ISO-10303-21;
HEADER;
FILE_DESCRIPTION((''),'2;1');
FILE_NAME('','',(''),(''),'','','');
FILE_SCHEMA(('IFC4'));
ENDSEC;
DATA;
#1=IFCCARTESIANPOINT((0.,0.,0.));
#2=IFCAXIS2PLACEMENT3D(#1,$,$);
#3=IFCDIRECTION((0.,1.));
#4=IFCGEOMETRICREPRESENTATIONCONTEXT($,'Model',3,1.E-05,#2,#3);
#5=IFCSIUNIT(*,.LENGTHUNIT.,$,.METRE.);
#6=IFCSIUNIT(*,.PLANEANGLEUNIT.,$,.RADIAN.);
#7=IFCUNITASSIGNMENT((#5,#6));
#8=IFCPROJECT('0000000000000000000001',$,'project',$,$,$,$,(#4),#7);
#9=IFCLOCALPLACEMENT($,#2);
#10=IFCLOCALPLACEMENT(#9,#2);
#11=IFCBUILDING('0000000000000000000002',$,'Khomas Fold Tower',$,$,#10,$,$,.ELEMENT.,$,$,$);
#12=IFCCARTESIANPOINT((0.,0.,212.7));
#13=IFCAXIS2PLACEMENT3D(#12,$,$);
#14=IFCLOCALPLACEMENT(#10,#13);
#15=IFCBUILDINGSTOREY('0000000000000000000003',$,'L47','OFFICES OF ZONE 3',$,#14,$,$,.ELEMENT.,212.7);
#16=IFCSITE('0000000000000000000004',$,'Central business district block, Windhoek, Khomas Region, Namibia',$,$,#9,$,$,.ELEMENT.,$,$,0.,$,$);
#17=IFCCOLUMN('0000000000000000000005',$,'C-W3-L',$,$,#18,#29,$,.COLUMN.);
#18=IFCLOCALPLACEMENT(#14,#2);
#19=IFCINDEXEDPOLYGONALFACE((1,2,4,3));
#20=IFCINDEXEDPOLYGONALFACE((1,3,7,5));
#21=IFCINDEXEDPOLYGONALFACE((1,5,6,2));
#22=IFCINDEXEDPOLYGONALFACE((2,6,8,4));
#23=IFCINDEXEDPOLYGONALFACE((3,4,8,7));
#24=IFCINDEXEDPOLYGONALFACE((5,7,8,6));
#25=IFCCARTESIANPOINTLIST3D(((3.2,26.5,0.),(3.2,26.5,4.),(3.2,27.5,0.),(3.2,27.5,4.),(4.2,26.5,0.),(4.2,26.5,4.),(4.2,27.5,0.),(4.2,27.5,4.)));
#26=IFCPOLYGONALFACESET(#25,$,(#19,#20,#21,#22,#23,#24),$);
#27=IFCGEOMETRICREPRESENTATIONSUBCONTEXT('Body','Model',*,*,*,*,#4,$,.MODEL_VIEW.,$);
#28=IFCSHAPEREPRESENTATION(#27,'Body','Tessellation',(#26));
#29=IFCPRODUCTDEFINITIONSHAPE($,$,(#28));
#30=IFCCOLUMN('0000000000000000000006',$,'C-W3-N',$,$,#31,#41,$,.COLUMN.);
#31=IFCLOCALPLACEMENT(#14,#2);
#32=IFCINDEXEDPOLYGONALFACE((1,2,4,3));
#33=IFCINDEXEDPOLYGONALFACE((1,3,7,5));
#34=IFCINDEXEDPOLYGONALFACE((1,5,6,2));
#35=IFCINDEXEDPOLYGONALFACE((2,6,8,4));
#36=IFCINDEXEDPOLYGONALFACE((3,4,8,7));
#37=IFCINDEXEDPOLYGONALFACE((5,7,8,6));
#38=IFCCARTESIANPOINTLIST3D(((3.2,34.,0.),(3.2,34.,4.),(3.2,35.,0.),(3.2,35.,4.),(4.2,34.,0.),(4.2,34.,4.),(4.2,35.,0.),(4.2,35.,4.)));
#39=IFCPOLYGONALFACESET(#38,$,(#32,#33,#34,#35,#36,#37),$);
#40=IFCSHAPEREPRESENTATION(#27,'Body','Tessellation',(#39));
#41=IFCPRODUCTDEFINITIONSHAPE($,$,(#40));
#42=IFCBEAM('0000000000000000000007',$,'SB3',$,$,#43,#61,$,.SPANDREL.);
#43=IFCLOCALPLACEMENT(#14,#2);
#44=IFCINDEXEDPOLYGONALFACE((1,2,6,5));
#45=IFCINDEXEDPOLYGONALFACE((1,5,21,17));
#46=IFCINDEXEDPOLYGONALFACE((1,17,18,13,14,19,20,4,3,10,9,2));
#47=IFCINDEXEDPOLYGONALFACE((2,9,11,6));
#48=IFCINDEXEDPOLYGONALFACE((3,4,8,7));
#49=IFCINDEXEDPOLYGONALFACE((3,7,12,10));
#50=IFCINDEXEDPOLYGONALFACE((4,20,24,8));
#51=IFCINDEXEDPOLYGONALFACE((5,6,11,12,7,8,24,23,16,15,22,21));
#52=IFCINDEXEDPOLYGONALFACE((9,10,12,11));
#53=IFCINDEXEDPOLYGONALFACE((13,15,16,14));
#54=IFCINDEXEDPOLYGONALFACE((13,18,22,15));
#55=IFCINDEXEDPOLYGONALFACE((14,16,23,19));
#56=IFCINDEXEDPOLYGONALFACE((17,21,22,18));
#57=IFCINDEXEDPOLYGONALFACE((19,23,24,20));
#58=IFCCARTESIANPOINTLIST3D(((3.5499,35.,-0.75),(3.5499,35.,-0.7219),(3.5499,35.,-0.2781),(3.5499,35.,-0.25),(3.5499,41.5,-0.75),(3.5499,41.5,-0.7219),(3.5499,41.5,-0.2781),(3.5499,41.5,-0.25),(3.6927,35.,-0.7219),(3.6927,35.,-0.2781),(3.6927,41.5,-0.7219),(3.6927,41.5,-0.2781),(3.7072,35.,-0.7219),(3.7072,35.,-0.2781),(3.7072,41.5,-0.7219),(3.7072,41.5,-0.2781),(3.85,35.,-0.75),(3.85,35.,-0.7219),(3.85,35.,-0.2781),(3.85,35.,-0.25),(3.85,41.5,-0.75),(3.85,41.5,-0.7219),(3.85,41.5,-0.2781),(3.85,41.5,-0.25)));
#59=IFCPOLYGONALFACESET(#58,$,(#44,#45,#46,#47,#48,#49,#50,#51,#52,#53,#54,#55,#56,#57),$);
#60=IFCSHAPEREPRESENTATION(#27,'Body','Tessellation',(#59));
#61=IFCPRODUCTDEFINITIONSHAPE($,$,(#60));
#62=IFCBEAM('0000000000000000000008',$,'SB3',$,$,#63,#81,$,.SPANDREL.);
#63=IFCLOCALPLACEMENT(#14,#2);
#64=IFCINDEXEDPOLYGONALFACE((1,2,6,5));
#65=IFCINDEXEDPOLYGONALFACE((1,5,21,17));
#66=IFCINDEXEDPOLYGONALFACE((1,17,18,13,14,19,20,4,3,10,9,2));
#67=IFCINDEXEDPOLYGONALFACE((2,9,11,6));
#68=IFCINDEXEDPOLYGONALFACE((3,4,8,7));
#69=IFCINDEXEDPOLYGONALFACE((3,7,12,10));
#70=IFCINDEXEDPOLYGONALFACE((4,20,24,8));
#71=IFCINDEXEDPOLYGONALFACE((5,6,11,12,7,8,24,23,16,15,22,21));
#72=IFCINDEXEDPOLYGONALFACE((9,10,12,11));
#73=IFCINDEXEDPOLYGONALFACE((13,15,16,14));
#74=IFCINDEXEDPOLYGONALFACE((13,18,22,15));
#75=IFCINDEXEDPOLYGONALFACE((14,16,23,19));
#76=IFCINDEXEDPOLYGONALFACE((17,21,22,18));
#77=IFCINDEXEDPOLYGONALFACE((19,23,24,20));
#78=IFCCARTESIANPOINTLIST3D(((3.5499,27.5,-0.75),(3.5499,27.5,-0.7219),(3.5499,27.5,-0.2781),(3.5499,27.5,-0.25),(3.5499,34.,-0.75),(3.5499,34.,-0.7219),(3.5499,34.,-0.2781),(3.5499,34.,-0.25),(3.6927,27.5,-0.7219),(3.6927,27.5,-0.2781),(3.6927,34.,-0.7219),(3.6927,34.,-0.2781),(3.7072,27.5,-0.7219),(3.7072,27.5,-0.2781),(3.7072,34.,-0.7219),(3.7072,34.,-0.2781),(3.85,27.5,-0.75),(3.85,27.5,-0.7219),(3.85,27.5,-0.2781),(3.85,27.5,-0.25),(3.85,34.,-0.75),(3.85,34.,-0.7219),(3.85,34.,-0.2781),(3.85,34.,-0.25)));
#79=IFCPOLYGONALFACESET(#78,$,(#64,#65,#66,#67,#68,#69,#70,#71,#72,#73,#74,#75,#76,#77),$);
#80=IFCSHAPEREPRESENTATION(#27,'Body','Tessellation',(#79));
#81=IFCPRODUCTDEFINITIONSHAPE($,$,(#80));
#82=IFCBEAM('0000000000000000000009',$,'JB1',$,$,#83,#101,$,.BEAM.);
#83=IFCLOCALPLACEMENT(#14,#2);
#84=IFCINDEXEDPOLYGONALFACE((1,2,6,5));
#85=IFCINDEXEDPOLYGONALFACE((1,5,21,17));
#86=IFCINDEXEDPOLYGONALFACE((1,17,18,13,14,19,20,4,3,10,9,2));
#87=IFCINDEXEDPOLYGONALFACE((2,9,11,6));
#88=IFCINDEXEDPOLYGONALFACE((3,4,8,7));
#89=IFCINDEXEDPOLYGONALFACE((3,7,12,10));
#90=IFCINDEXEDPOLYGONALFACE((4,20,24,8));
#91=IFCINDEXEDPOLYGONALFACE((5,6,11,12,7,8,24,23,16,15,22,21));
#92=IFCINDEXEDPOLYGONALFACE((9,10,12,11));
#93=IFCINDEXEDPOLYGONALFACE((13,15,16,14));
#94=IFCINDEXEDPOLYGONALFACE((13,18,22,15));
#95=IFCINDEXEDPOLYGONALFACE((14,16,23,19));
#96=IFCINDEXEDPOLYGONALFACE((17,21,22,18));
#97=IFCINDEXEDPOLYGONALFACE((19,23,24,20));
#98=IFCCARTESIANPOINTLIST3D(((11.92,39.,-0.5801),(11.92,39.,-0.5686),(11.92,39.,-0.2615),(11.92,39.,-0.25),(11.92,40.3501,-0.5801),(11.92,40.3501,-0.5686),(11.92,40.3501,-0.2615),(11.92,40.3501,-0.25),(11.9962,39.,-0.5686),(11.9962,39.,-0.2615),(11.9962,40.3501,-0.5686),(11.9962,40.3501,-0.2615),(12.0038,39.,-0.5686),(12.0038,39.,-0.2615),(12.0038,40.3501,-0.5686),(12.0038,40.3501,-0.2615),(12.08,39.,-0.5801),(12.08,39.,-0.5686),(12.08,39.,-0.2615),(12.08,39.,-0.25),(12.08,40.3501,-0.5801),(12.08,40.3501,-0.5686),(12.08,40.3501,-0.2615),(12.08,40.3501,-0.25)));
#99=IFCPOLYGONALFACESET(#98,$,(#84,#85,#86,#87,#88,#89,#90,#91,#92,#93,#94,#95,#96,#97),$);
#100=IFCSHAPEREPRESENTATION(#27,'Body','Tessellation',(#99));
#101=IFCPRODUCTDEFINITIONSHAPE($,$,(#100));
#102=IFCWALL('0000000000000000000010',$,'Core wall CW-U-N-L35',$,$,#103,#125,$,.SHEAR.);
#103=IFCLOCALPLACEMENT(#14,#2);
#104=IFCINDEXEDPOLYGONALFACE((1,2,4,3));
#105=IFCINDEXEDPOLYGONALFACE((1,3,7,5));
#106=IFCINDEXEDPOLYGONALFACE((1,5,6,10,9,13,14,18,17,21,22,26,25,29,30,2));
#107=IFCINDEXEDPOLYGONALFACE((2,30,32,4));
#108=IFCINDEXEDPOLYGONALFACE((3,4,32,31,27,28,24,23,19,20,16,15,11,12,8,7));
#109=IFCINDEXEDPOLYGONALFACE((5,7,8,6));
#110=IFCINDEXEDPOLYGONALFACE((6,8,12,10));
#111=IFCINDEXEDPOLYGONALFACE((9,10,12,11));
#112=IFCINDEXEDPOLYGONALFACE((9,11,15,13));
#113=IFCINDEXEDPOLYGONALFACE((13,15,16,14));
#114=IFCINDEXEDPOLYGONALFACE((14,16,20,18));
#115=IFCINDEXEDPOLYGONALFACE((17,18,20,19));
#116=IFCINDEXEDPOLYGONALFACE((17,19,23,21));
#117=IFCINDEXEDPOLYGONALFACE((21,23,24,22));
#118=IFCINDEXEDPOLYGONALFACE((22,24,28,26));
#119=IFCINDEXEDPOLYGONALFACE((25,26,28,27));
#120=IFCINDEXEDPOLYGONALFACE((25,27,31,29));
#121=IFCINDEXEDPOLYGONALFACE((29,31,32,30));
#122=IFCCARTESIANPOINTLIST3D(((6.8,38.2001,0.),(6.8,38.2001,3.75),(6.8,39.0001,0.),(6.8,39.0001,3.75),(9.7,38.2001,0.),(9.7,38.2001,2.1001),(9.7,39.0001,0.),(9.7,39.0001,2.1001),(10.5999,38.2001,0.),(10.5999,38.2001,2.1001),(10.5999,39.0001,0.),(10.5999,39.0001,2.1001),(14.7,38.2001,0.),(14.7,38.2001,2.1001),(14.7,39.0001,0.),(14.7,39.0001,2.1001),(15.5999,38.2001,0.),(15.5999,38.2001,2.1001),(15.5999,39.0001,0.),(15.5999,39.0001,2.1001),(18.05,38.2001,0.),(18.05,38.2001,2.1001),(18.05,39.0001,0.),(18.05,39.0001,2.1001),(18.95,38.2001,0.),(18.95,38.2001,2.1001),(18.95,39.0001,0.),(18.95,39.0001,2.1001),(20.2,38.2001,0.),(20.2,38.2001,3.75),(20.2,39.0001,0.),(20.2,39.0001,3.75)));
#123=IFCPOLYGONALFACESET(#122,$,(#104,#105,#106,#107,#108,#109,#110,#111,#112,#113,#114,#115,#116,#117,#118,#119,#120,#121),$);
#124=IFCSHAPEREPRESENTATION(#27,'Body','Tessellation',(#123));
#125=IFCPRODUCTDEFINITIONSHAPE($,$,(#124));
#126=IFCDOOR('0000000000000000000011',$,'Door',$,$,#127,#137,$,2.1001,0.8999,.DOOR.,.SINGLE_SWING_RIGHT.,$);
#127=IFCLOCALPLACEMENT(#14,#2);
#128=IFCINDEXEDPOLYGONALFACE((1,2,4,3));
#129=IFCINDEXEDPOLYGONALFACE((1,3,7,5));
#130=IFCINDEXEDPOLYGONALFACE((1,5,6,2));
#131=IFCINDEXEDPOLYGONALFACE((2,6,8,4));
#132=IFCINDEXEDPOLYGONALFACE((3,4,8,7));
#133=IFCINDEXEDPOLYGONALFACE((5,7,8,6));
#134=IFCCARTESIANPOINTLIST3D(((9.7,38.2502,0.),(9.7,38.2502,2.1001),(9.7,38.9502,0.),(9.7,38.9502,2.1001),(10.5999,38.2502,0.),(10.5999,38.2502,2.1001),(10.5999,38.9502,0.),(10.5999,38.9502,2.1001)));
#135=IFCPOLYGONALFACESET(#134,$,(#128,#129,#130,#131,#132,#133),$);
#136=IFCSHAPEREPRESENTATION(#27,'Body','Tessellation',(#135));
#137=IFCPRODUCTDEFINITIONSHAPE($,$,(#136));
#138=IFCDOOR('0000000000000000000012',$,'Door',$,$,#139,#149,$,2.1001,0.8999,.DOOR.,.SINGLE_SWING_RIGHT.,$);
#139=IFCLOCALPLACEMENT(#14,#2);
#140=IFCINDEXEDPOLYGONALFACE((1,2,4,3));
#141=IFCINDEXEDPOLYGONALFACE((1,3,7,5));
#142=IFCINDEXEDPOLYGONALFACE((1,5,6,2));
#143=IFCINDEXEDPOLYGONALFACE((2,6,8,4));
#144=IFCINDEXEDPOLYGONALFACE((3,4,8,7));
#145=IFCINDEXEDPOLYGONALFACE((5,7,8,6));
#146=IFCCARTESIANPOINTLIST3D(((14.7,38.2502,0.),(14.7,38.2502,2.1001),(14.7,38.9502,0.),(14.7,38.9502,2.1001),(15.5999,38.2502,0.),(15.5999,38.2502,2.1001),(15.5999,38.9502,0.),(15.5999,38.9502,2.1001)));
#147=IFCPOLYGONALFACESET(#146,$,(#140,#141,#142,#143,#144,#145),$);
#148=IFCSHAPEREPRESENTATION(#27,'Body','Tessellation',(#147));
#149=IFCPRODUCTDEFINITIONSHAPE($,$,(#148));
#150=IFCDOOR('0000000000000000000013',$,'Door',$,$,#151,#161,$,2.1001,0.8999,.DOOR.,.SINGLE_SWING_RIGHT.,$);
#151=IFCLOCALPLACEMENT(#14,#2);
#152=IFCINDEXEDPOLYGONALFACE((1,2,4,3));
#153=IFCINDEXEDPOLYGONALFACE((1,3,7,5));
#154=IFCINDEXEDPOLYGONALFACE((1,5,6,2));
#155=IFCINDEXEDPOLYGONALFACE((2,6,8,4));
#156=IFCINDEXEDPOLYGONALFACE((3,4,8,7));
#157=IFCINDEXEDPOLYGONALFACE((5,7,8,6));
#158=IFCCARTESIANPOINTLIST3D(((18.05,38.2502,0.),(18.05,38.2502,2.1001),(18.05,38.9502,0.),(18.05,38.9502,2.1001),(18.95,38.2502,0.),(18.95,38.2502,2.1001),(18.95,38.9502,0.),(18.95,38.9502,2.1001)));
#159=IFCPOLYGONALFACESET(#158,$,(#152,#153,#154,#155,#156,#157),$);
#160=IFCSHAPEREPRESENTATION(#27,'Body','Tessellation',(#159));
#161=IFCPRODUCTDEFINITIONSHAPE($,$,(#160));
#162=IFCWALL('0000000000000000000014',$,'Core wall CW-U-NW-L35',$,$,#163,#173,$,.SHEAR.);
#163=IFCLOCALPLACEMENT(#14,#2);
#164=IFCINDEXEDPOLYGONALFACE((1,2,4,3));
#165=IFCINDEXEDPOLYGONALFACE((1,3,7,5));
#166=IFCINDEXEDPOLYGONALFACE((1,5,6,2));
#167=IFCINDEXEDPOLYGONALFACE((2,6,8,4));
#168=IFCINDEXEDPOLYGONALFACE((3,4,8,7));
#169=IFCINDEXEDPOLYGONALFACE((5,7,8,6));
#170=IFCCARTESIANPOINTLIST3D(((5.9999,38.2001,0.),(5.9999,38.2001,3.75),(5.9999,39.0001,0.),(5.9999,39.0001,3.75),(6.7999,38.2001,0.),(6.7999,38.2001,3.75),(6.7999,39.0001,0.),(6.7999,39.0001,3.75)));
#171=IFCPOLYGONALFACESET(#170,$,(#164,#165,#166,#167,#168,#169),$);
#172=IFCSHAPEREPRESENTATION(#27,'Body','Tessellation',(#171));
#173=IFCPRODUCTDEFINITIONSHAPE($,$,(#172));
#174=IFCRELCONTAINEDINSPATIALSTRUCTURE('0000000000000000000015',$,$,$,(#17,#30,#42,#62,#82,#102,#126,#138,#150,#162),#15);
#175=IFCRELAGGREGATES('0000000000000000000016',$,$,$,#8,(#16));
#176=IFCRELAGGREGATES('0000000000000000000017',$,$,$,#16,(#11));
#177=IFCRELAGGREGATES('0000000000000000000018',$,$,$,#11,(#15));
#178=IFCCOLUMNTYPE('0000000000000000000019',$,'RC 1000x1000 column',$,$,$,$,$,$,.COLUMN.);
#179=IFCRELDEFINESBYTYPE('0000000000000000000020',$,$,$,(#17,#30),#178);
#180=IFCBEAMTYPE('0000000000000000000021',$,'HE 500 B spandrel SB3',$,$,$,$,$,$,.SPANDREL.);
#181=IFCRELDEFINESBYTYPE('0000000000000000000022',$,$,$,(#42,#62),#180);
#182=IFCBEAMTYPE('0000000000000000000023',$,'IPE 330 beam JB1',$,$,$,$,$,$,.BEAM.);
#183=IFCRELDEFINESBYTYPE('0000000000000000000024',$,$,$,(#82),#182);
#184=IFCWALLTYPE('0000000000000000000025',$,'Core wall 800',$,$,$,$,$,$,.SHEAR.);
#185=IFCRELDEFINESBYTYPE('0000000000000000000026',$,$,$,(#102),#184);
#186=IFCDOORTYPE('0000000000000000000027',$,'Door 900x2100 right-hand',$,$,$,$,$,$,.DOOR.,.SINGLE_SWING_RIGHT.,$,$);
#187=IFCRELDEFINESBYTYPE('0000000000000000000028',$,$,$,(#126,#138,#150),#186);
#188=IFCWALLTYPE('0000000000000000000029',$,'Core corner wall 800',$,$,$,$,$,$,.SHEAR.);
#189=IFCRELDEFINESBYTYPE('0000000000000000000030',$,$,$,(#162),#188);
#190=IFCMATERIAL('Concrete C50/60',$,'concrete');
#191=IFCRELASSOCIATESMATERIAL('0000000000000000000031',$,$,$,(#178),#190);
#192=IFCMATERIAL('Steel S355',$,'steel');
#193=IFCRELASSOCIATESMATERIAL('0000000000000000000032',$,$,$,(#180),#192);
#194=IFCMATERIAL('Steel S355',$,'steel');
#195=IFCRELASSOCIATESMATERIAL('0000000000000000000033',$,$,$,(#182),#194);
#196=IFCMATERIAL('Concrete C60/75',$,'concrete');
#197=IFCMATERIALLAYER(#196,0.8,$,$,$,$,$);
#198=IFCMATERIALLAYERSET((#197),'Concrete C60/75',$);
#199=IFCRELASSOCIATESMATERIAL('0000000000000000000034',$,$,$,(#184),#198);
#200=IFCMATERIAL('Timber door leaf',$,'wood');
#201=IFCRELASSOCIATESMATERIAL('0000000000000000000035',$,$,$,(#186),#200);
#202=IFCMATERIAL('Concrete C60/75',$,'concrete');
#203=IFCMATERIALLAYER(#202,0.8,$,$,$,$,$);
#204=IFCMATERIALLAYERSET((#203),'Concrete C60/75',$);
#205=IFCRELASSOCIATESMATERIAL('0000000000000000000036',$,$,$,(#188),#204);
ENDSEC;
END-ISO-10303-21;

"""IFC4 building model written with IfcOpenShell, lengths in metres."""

from ifc_helpers import new_model, si_unit, direction, frame, frame_2d, origin, origin_2d, place, context, subcontext, project, spatial, rectangle, i_section, extrude, source, transform, mapped, material, layer, layer_set, material_profile, profile_set, type_object, element, fill, save


model = new_model("IFC4")

# Units and contexts
model_context = context("Model", 3, precision=1e-05, world=origin(), true_north=direction((0.0, 1.0)))
body_context = subcontext(model_context, "Body", "Model", "MODEL_VIEW")
ifc_project = project(units=[si_unit("LENGTHUNIT", "METRE"), si_unit("PLANEANGLEUNIT", "RADIAN")], contexts=[model_context])

# Site, building, storey
site_placement = place(None, origin())
site = spatial("IfcSite", under=ifc_project, at=site_placement, Name="Central business district block, Windhoek, Khomas Region, Namibia", CompositionType="ELEMENT", RefElevation=0.0)
building_placement = place(site_placement, origin())
building = spatial("IfcBuilding", under=site, at=building_placement, Name="Khomas Fold Tower", CompositionType="ELEMENT")
storey_placement = place(building_placement, frame((0.0, 0.0, 212.7)))
storey = spatial("IfcBuildingStorey", under=building, at=storey_placement, Name="L47", Description="OFFICES OF ZONE 3", CompositionType="ELEMENT", Elevation=212.7)

# Columns
ifc_material_1 = material(Name="Concrete C50/60", Category="concrete")
ifc_material_profile_1 = material_profile(ifc_material_1, rectangle(XDim=1.0, YDim=1.0, at=origin_2d()), Name="RC 1000x1000")
ifc_profile_set_1 = profile_set([ifc_material_profile_1], Name="Concrete C50/60")
column_type = type_object("IfcColumnType", Name="RC 1000x1000 column", PredefinedType="COLUMN", material=ifc_profile_set_1)
shared_shape_1 = source(origin(), body_context, "Body", "SweptSolid", [
    extrude(rectangle(XDim=1.0, YDim=1.0, at=origin_2d()), origin(), (0.0, 0.0, 1.0), 4.0),
])
for number, where, z_axis, x_axis, name in (
    (1, (3.7, 27.0, 0.0), (0.0, 0.0, 1.0), (1.0, 0.0, 0.0), "C-W3-L"),
    (2, (3.7, 34.5, 0.0), (0.0, 0.0, 1.0), (1.0, 0.0, 0.0), "C-W3-N"),
):
    element("IfcColumn", number, at=place(storey_placement, frame(where, z_axis=z_axis, x_axis=x_axis)), inside=storey, type_object=column_type, Name=name, PredefinedType="COLUMN", context=body_context, shape_type="MappedRepresentation", body=[
        mapped(shared_shape_1, transform((0.0, 0.0, 0.0))),
    ])

# Beams
ifc_material_2 = material(Name="Steel S355", Category="steel")
ifc_material_profile_2 = material_profile(ifc_material_2, i_section(OverallWidth=0.3, OverallDepth=0.5, WebThickness=0.0144, FlangeThickness=0.0281, at=origin_2d()), Name="HE 500 B")
ifc_profile_set_2 = profile_set([ifc_material_profile_2], Name="Steel S355")
beam_type_1 = type_object("IfcBeamType", Name="HE 500 B spandrel SB3", PredefinedType="SPANDREL", material=ifc_profile_set_2)
shared_shape_2 = source(origin(), body_context, "Body", "SweptSolid", [
    extrude(i_section(OverallWidth=0.3, OverallDepth=0.5, WebThickness=0.0144, FlangeThickness=0.0281, at=origin_2d()), origin(), (0.0, 0.0, 1.0), 6.5),
])
for number, where, z_axis, x_axis, name in (
    (3, (3.7, 35.0, -0.5), (0.0, 1.0, 0.0), (-1.0, 0.0, 0.0), "SB3"),
    (4, (3.7, 27.5, -0.5), (0.0, 1.0, 0.0), (-1.0, 0.0, 0.0), "SB3"),
):
    element("IfcBeam", number, at=place(storey_placement, frame(where, z_axis=z_axis, x_axis=x_axis)), inside=storey, type_object=beam_type_1, Name=name, PredefinedType="SPANDREL", context=body_context, shape_type="MappedRepresentation", body=[
        mapped(shared_shape_2, transform((0.0, 0.0, 0.0))),
    ])
ifc_material_3 = material(Name="Steel S355", Category="steel")
ifc_material_profile_3 = material_profile(ifc_material_3, i_section(OverallWidth=0.1599, OverallDepth=0.3301, WebThickness=0.0076, FlangeThickness=0.0115, at=origin_2d()), Name="IPE 330")
ifc_profile_set_3 = profile_set([ifc_material_profile_3], Name="Steel S355")
beam_type_2 = type_object("IfcBeamType", Name="IPE 330 beam JB1", PredefinedType="BEAM", material=ifc_profile_set_3)
shared_shape_3 = source(origin(), body_context, "Body", "SweptSolid", [
    extrude(i_section(OverallWidth=0.1599, OverallDepth=0.3301, WebThickness=0.0076, FlangeThickness=0.0115, at=origin_2d()), origin(), (0.0, 0.0, 1.0), 1.3501),
])
beam_placement = place(storey_placement, frame((12.0, 39.0, -0.415), z_axis=(0.0, 1.0, 0.0), x_axis=(-1.0, 0.0, 0.0)))
element("IfcBeam", 5, at=beam_placement, inside=storey, type_object=beam_type_2, Name="JB1", PredefinedType="BEAM", context=body_context, shape_type="MappedRepresentation", body=[
    mapped(shared_shape_3, transform((0.0, 0.0, 0.0))),
])

# Wall, openings, doors
ifc_material_4 = material(Name="Concrete C60/75", Category="concrete")
ifc_layer_1 = layer(ifc_material_4, 0.8)
ifc_layer_set_1 = layer_set([ifc_layer_1], Name="Concrete C60/75")
wall_type_1 = type_object("IfcWallType", Name="Core wall 800", PredefinedType="SHEAR", material=ifc_layer_set_1)
shared_shape_4 = source(origin(), body_context, "Body", "SweptSolid", [
    extrude(rectangle(XDim=13.3999, YDim=0.8, at=frame_2d((6.7, 0.0))), origin(), (0.0, 0.0, 1.0), 3.75),
])
wall_1_placement = place(storey_placement, frame((6.8, 38.6001, 0.0), z_axis=(0.0, 0.0, 1.0), x_axis=(1.0, 0.0, 0.0)))
wall_1 = element("IfcWall", 6, at=wall_1_placement, inside=storey, type_object=wall_type_1, Name="Core wall CW-U-N-L35", PredefinedType="SHEAR", context=body_context, shape_type="MappedRepresentation", body=[
    mapped(shared_shape_4, transform((0.0, 0.0, 0.0))),
])
shared_shape_5 = source(origin(), body_context, "Body", "SweptSolid", [
    extrude(rectangle(XDim=0.8999, YDim=2.1001, at=frame_2d((0.45, 1.05))), frame((0.0, 0.4099, 0.0), z_axis=(0.0, -1.0, 0.0), x_axis=(1.0, 0.0, 0.0)), (0.0, 0.0, 1.0), 0.8201),
])
opening_1_placement = place(wall_1_placement, frame((2.8999, 0.0, 0.0)))
opening_1 = element("IfcOpeningElement", 7, at=opening_1_placement, cuts=wall_1, PredefinedType="OPENING", context=body_context, shape_type="MappedRepresentation", body=[
    mapped(shared_shape_5, transform((0.0, 0.0, 0.0))),
])
opening_2_placement = place(wall_1_placement, frame((7.8999, 0.0, 0.0)))
opening_2 = element("IfcOpeningElement", 8, at=opening_2_placement, cuts=wall_1, PredefinedType="OPENING", context=body_context, shape_type="MappedRepresentation", body=[
    mapped(shared_shape_5, transform((0.0, 0.0, 0.0))),
])
opening_3_placement = place(wall_1_placement, frame((11.25, 0.0, 0.0)))
opening_3 = element("IfcOpeningElement", 9, at=opening_3_placement, cuts=wall_1, PredefinedType="OPENING", context=body_context, shape_type="MappedRepresentation", body=[
    mapped(shared_shape_5, transform((0.0, 0.0, 0.0))),
])
ifc_material_5 = material(Name="Timber door leaf", Category="wood")
door_type_1 = type_object("IfcDoorType", Name="Door 900x2100 right-hand", OperationType="SINGLE_SWING_RIGHT", PredefinedType="DOOR", material=ifc_material_5)
shared_shape_6 = source(origin(), body_context, "Body", "SweptSolid", [
    extrude(rectangle(XDim=0.8999, YDim=2.1001, at=frame_2d((0.45, 1.05))), frame((0.0, 0.3501, 0.0), z_axis=(0.0, -1.0, 0.0), x_axis=(1.0, 0.0, 0.0)), (0.0, 0.0, 1.0), 0.7),
])
door_1_placement = place(opening_1_placement, origin())
door_1 = element("IfcDoor", 10, at=door_1_placement, inside=storey, type_object=door_type_1, Name="Door", OperationType="SINGLE_SWING_RIGHT", OverallHeight=2.1001, OverallWidth=0.8999, PredefinedType="DOOR", context=body_context, shape_type="MappedRepresentation", body=[
    mapped(shared_shape_6, transform((0.0, 0.0, 0.0))),
])
fill(opening_1, door_1)
door_2_placement = place(opening_2_placement, origin())
door_2 = element("IfcDoor", 11, at=door_2_placement, inside=storey, type_object=door_type_1, Name="Door", OperationType="SINGLE_SWING_RIGHT", OverallHeight=2.1001, OverallWidth=0.8999, PredefinedType="DOOR", context=body_context, shape_type="MappedRepresentation", body=[
    mapped(shared_shape_6, transform((0.0, 0.0, 0.0))),
])
fill(opening_2, door_2)
door_3_placement = place(opening_3_placement, origin())
door_3 = element("IfcDoor", 12, at=door_3_placement, inside=storey, type_object=door_type_1, Name="Door", OperationType="SINGLE_SWING_RIGHT", OverallHeight=2.1001, OverallWidth=0.8999, PredefinedType="DOOR", context=body_context, shape_type="MappedRepresentation", body=[
    mapped(shared_shape_6, transform((0.0, 0.0, 0.0))),
])
fill(opening_3, door_3)

# Wall
ifc_material_6 = material(Name="Concrete C60/75", Category="concrete")
ifc_layer_2 = layer(ifc_material_6, 0.8)
ifc_layer_set_2 = layer_set([ifc_layer_2], Name="Concrete C60/75")
wall_type_2 = type_object("IfcWallType", Name="Core corner wall 800", PredefinedType="SHEAR", material=ifc_layer_set_2)
shared_shape_7 = source(origin(), body_context, "Body", "SweptSolid", [
    extrude(rectangle(XDim=0.8, YDim=0.8, at=frame_2d((0.3999, 0.0))), origin(), (0.0, 0.0, 1.0), 3.75),
])
wall_2_placement = place(storey_placement, frame((6.0, 38.6001, 0.0), z_axis=(0.0, 0.0, 1.0), x_axis=(1.0, 0.0, 0.0)))
element("IfcWall", 13, at=wall_2_placement, inside=storey, type_object=wall_type_2, Name="Core wall CW-U-NW-L35", PredefinedType="SHEAR", context=body_context, shape_type="MappedRepresentation", body=[
    mapped(shared_shape_7, transform((0.0, 0.0, 0.0))),
])

save(model, "model.ifc")
